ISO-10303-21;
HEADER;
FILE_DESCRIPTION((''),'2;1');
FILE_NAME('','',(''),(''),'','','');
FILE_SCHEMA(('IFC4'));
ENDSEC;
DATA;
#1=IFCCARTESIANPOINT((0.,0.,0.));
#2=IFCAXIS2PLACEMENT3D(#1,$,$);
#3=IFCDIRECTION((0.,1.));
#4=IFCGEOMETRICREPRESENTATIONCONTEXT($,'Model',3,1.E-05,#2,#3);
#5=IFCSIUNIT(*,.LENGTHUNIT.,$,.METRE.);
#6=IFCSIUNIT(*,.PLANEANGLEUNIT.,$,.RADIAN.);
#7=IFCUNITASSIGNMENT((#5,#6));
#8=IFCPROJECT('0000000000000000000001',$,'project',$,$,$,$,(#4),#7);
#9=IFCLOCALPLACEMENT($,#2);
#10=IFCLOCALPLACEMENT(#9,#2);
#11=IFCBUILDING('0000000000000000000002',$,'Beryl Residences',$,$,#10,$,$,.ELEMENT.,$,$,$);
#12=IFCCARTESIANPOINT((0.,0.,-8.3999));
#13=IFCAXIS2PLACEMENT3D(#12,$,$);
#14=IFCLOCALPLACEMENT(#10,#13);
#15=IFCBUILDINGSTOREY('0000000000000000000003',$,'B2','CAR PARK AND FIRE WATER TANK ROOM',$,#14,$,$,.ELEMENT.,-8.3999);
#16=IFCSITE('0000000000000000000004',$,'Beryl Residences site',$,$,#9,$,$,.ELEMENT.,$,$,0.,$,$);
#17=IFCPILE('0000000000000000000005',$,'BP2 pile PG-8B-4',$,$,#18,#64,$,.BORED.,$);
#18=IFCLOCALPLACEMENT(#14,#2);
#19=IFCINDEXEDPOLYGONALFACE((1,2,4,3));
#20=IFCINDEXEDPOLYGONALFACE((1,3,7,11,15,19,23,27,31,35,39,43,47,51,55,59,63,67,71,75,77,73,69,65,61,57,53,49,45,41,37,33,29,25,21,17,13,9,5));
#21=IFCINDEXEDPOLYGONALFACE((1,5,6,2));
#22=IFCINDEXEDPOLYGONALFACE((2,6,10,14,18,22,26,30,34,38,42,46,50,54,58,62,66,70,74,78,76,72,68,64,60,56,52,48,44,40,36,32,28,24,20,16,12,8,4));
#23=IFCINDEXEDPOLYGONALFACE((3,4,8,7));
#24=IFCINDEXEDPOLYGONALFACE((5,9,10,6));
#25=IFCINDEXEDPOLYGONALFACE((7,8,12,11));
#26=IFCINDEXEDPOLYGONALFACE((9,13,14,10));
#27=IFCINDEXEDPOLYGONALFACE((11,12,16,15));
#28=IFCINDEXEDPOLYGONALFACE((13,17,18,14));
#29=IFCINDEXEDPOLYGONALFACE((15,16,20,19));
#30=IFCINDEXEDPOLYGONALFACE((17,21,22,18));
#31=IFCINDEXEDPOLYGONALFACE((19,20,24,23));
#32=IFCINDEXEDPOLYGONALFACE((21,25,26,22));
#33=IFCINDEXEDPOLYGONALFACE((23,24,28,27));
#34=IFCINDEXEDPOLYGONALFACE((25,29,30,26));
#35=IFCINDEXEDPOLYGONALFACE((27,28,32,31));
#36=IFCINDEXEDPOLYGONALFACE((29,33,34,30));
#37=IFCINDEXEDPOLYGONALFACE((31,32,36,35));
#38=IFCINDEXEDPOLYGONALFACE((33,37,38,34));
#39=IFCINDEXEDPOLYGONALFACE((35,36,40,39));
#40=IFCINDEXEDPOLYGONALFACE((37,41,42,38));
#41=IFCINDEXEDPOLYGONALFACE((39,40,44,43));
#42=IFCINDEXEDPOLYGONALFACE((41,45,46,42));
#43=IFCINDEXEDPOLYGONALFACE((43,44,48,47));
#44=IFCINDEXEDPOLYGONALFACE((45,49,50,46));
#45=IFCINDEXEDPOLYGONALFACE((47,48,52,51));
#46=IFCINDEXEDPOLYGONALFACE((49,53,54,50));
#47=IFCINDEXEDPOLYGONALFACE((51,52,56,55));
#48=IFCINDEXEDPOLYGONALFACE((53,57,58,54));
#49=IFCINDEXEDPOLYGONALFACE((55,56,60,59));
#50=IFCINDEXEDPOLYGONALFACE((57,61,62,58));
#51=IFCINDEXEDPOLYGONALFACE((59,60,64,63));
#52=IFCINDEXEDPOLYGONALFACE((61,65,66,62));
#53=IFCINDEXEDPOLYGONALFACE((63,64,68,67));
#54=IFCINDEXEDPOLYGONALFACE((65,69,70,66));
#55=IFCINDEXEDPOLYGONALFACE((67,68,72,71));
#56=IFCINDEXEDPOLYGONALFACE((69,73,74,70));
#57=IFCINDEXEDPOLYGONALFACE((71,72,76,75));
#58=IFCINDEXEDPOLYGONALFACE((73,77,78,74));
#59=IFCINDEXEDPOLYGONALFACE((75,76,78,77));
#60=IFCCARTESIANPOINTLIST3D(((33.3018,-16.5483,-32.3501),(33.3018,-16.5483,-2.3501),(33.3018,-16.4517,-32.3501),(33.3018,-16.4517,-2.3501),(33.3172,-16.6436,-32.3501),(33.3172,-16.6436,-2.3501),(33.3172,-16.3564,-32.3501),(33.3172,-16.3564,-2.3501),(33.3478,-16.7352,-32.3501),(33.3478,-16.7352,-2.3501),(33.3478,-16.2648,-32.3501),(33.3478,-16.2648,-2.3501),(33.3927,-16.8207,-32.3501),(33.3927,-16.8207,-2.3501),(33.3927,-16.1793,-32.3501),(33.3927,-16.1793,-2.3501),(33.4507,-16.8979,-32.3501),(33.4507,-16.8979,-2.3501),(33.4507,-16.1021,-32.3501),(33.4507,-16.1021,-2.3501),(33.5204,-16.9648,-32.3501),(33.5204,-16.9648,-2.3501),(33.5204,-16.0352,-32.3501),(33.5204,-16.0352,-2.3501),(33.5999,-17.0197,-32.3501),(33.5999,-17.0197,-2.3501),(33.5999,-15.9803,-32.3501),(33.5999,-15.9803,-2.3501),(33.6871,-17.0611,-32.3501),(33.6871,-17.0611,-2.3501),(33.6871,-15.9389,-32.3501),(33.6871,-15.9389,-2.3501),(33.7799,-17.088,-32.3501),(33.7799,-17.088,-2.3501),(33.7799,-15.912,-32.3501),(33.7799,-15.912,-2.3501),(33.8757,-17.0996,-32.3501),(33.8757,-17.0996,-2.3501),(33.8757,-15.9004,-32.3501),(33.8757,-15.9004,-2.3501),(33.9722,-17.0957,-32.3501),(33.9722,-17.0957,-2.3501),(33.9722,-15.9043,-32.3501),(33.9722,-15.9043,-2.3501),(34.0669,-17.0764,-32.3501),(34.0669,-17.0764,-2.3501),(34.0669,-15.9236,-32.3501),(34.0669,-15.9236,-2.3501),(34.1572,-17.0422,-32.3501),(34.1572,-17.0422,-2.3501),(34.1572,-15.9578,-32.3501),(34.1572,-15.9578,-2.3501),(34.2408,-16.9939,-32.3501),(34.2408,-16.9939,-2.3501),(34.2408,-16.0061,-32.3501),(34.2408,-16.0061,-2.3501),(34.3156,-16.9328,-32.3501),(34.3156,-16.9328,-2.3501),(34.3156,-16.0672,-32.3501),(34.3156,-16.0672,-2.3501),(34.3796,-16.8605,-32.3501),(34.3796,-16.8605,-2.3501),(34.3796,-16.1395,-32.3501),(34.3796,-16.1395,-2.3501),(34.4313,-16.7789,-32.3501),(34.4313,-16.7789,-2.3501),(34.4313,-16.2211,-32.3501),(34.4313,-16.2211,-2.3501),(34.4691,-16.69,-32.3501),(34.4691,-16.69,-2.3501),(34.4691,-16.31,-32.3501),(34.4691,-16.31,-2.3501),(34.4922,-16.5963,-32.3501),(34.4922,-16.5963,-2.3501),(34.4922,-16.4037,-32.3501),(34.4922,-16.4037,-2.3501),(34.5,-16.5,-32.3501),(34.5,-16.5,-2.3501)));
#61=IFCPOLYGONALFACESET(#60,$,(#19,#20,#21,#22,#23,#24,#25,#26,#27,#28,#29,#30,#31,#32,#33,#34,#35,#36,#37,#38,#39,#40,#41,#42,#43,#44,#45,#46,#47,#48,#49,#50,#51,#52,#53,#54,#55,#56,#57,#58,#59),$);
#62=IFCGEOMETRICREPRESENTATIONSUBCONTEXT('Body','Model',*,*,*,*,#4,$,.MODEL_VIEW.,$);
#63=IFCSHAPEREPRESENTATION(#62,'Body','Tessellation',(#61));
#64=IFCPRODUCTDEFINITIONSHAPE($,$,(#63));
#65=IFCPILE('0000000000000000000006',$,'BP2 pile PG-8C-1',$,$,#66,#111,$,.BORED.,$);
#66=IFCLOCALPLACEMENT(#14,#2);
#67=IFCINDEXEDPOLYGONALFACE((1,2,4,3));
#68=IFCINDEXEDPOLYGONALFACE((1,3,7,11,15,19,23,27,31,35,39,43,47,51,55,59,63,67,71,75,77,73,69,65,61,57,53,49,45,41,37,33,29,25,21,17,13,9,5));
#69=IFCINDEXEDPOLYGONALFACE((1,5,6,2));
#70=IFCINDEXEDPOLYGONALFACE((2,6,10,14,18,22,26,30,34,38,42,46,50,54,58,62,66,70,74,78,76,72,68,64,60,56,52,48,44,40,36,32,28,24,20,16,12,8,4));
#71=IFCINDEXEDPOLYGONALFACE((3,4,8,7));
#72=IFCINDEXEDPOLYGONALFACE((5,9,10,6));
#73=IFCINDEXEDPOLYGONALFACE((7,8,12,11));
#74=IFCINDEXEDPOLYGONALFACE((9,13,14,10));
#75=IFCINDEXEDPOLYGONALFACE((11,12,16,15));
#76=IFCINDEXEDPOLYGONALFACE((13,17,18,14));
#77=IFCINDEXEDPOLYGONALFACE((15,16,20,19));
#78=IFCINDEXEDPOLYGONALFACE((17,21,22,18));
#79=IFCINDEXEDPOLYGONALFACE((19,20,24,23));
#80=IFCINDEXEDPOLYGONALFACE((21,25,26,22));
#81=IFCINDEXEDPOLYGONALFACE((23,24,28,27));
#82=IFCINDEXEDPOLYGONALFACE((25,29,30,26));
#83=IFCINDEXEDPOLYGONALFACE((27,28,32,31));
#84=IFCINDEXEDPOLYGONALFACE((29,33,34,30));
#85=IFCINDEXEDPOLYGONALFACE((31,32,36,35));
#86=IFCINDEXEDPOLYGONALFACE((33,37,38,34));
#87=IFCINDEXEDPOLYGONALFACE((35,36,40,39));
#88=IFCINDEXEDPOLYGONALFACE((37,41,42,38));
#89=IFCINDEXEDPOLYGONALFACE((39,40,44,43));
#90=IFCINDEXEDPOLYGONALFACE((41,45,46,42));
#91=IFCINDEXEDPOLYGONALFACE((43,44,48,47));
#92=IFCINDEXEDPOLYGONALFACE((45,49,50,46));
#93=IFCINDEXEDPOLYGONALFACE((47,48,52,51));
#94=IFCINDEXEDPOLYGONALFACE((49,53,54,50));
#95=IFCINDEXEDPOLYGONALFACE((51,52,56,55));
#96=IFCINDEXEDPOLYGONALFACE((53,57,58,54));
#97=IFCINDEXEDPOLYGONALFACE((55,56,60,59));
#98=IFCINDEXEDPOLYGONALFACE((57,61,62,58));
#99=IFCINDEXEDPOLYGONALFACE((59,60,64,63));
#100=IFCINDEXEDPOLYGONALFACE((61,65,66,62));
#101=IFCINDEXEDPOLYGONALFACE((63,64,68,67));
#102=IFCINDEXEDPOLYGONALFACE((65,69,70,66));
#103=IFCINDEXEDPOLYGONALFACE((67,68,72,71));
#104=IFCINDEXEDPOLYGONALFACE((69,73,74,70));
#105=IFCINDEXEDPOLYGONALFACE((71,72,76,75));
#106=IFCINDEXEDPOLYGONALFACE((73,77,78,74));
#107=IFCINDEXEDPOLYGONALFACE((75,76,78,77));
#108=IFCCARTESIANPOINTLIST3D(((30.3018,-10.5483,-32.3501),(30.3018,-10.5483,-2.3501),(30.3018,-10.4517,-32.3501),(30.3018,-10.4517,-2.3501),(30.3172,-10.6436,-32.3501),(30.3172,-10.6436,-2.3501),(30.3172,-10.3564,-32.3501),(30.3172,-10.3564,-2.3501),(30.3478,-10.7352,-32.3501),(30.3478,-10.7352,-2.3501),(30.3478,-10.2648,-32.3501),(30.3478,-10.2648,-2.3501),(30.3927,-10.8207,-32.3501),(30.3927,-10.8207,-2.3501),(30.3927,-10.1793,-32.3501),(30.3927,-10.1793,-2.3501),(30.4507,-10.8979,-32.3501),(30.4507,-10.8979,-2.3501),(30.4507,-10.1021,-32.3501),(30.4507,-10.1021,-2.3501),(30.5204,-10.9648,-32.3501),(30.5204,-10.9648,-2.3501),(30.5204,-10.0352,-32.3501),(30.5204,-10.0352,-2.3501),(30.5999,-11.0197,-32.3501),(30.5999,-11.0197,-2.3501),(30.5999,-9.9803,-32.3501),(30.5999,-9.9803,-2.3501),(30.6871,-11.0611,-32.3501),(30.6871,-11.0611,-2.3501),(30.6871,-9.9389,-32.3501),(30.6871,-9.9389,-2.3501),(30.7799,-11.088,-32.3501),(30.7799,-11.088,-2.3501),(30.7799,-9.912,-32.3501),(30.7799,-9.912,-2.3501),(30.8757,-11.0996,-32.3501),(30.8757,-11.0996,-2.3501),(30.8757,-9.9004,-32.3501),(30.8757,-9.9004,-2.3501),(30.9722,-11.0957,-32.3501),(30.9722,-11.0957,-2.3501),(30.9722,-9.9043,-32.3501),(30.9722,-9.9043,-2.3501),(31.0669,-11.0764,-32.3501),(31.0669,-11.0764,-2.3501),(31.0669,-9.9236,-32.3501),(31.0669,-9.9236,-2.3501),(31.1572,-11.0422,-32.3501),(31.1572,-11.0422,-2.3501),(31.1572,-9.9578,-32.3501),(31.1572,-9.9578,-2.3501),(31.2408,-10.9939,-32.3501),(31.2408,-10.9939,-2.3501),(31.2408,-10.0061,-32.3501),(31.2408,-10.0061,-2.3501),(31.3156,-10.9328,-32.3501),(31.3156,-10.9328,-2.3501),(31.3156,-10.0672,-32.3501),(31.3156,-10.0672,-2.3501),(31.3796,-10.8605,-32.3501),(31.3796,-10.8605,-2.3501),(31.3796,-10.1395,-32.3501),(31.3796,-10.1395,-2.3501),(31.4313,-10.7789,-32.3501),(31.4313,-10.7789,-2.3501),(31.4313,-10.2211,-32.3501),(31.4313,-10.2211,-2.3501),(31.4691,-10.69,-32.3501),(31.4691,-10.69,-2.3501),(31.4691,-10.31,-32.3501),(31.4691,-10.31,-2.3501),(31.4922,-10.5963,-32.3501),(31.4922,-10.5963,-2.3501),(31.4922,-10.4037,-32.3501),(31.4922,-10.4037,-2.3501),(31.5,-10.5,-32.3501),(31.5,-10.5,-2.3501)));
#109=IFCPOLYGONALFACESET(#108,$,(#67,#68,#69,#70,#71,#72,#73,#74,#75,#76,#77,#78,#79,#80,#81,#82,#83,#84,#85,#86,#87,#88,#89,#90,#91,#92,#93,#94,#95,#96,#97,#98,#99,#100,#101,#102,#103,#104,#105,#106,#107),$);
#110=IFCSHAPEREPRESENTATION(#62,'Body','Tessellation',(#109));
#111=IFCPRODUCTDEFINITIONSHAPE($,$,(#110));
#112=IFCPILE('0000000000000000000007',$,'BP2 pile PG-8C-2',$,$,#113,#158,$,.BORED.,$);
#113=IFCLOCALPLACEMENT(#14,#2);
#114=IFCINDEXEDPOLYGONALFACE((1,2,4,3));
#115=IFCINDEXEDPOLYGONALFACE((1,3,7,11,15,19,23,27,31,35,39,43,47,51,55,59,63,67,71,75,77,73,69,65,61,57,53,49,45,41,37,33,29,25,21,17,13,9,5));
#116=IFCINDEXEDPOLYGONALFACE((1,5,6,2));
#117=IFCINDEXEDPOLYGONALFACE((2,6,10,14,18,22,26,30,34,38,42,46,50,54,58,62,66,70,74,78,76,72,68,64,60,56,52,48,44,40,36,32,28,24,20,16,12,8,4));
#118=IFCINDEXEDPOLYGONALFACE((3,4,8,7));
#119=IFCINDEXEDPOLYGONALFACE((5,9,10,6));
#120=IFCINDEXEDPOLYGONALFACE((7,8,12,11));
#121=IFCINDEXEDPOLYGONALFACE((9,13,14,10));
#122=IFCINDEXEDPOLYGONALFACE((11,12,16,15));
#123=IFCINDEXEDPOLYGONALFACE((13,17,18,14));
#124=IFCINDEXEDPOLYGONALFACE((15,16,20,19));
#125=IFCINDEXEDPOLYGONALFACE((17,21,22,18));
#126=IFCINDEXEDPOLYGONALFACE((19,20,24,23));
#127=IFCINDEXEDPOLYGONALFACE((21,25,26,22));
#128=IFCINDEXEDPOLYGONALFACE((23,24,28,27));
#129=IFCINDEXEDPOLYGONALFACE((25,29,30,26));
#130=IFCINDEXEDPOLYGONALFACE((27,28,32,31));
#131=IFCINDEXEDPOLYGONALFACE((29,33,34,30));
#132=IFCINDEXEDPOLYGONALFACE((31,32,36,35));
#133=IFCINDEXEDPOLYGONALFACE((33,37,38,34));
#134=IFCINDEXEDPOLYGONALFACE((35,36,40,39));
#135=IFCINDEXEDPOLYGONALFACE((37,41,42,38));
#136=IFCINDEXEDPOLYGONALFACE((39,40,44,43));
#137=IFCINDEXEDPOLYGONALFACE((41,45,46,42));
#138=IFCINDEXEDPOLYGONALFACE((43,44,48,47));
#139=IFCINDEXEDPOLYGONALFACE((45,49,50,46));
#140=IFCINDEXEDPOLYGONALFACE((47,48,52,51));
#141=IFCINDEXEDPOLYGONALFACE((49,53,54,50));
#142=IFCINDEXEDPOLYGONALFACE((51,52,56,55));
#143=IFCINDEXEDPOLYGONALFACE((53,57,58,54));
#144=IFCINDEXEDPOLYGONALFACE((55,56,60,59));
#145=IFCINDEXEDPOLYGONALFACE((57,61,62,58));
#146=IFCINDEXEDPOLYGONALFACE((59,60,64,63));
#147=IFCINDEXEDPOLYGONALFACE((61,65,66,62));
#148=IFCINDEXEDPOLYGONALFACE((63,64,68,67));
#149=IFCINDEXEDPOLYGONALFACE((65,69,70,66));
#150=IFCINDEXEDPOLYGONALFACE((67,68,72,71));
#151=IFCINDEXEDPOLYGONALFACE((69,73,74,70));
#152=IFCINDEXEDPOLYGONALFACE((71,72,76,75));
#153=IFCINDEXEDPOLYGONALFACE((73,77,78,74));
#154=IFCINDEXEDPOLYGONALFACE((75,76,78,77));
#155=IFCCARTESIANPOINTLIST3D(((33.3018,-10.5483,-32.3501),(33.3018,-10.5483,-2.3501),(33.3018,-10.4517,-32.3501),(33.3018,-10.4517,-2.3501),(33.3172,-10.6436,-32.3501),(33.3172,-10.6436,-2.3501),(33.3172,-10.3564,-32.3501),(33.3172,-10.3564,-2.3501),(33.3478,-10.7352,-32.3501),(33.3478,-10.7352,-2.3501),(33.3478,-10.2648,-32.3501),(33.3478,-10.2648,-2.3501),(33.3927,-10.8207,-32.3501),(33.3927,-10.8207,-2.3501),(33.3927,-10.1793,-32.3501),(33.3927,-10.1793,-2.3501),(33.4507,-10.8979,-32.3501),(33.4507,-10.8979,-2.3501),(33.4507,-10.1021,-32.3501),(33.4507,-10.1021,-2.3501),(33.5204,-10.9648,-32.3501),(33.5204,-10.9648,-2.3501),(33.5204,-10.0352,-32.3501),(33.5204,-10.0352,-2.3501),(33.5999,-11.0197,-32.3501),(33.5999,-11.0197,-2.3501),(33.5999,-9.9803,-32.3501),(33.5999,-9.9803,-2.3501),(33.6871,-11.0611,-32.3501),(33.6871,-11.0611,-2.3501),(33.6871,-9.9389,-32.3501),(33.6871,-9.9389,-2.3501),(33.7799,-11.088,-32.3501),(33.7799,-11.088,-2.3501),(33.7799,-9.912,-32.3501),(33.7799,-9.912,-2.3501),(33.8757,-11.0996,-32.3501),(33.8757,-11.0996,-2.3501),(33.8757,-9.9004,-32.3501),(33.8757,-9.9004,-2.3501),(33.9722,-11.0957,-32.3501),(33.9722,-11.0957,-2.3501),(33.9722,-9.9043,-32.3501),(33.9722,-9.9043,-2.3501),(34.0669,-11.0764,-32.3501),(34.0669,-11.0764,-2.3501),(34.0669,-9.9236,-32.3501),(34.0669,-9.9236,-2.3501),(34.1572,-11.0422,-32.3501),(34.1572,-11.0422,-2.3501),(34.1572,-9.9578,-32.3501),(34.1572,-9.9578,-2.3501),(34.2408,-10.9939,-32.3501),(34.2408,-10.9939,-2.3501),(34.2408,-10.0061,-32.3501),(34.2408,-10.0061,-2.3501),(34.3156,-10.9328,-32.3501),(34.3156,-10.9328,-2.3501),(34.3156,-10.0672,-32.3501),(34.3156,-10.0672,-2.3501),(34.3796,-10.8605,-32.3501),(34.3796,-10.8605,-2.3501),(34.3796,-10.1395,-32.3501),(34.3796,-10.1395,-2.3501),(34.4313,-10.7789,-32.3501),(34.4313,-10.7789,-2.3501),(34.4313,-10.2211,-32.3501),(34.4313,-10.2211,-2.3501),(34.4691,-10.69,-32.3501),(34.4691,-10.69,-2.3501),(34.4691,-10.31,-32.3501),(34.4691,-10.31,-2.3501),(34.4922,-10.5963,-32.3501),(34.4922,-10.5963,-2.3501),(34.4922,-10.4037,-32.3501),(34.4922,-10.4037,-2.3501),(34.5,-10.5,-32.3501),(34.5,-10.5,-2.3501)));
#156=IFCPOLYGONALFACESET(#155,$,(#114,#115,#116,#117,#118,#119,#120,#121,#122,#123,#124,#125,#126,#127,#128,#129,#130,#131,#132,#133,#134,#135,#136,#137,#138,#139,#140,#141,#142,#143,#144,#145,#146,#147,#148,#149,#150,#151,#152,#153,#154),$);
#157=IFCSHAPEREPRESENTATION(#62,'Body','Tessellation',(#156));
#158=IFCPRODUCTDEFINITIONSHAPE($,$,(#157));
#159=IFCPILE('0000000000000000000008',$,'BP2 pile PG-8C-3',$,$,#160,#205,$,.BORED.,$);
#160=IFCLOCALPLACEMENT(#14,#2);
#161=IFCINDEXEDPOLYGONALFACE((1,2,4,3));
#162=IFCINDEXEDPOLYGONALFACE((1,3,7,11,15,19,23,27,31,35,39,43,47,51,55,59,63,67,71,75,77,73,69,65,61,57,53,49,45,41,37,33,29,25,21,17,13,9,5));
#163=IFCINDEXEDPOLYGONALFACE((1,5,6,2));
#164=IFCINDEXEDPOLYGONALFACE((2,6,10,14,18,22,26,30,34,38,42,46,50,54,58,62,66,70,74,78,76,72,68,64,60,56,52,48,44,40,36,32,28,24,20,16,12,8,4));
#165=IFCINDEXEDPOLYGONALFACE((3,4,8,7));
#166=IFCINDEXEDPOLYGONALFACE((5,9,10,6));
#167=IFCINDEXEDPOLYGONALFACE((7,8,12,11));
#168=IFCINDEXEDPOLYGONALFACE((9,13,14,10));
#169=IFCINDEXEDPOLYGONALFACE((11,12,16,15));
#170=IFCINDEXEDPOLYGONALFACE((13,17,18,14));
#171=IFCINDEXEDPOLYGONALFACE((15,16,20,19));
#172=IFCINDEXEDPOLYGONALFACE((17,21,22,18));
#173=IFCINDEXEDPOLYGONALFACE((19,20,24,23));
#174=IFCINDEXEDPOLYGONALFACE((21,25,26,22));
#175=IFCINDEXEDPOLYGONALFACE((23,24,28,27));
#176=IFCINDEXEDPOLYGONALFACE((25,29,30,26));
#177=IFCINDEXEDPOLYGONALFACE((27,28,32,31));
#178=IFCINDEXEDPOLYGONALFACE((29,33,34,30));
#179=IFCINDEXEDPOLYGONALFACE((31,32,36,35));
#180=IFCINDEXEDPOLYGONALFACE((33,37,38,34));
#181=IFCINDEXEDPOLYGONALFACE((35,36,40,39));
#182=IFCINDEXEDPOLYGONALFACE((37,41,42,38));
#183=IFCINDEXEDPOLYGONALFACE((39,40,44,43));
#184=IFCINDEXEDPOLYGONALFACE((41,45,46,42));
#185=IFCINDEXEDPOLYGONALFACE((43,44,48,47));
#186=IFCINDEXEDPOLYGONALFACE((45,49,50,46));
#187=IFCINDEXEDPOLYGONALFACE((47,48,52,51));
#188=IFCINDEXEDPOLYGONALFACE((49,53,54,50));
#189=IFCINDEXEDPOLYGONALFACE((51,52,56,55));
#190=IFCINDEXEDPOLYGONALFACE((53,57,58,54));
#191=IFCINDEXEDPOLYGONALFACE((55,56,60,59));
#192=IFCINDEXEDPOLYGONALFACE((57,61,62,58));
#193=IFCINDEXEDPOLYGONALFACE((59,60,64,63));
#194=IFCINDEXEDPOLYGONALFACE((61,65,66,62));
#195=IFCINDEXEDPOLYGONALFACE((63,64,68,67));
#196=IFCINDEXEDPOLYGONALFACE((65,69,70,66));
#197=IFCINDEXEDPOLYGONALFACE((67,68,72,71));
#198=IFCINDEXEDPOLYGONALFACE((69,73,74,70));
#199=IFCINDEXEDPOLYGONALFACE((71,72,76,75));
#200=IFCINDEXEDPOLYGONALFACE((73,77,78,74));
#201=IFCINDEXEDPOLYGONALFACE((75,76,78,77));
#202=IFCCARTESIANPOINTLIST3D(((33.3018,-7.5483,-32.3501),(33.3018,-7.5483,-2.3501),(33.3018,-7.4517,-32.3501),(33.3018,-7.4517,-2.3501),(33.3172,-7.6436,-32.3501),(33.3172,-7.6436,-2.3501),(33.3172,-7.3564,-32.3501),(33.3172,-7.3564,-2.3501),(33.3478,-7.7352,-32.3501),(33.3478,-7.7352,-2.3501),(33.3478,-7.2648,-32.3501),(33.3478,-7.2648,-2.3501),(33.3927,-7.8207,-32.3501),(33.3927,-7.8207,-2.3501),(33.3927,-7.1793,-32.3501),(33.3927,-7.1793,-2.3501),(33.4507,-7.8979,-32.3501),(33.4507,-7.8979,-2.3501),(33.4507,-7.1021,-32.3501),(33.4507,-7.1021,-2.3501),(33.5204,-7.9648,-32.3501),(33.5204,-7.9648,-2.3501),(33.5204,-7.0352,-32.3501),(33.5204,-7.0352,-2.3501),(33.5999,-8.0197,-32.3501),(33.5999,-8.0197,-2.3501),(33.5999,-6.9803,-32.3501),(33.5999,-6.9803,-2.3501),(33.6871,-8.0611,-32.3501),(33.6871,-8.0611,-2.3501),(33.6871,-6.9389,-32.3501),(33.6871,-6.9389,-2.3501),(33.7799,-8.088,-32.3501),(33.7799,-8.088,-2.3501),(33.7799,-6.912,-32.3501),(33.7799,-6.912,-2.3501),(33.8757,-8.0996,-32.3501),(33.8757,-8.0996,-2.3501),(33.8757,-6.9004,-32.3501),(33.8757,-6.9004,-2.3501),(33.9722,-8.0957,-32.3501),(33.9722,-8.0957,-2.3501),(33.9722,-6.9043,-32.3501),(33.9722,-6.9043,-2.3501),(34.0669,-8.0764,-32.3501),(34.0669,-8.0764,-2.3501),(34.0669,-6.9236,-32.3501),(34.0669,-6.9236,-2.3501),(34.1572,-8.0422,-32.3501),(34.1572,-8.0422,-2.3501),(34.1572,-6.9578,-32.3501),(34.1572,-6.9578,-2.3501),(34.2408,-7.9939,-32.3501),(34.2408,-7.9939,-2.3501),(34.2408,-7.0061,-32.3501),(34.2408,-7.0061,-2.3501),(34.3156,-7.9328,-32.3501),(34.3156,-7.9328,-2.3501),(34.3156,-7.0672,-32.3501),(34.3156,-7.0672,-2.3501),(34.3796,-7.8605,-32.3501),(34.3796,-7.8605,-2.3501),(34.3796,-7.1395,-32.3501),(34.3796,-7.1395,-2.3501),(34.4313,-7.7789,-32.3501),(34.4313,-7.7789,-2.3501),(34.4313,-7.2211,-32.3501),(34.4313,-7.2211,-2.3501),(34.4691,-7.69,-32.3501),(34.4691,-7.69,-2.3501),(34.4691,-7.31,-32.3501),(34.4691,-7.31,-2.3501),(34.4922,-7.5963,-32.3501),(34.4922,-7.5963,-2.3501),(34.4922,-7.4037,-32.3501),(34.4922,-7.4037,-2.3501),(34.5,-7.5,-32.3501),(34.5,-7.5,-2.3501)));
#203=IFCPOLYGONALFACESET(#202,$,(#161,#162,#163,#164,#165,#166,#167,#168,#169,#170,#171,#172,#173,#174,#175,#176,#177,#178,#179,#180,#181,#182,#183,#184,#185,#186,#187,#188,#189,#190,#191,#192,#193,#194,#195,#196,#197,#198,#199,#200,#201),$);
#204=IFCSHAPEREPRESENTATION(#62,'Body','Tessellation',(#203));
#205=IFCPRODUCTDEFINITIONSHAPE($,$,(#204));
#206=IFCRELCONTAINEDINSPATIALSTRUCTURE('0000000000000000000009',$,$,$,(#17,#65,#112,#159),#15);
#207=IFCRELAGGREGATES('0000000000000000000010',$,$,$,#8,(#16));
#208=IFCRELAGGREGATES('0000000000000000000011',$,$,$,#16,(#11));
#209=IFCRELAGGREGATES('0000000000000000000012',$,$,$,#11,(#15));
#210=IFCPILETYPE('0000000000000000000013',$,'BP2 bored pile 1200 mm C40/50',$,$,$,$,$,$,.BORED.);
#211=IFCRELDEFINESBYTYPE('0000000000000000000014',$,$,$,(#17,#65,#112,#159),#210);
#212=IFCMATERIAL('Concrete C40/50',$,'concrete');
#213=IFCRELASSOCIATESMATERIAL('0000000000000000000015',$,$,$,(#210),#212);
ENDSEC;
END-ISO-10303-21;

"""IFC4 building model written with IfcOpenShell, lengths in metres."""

from ifc_helpers import new_model, si_unit, direction, frame, origin, origin_2d, place, context, subcontext, project, spatial, circle, extrude, material, material_profile, profile_set, type_object, element, save


model = new_model("IFC4")

# Units and contexts
model_context = context("Model", 3, precision=1e-05, world=origin(), true_north=direction((0.0, 1.0)))
body_context = subcontext(model_context, "Body", "Model", "MODEL_VIEW")
ifc_project = project(units=[si_unit("LENGTHUNIT", "METRE"), si_unit("PLANEANGLEUNIT", "RADIAN")], contexts=[model_context])

# Site, building, storey
site_placement = place(None, origin())
site = spatial("IfcSite", under=ifc_project, at=site_placement, Name="Beryl Residences site", CompositionType="ELEMENT", RefElevation=0.0)
building_placement = place(site_placement, origin())
building = spatial("IfcBuilding", under=site, at=building_placement, Name="Beryl Residences", CompositionType="ELEMENT")
storey_placement = place(building_placement, frame((0.0, 0.0, -8.3999)))
storey = spatial("IfcBuildingStorey", under=building, at=storey_placement, Name="B2", Description="CAR PARK AND FIRE WATER TANK ROOM", CompositionType="ELEMENT", Elevation=-8.3999)

# Piles
ifc_material_1 = material(Name="Concrete C40/50", Category="concrete")
ifc_material_profile_1 = material_profile(ifc_material_1, circle(Radius=0.6001, at=origin_2d()))
ifc_profile_set_1 = profile_set([ifc_material_profile_1], Name="Concrete C40/50")
pile_type_1 = type_object("IfcPileType", Name="BP2 bored pile 1200 mm C40/50", PredefinedType="BORED", material=ifc_profile_set_1)
for number, where, z_axis, x_axis, name in (
    (1, (33.8999, -16.5, -2.3501), (0.0, 0.0, -1.0), (1.0, 0.0, 0.0), "BP2 pile PG-8B-4"),
    (2, (30.8999, -10.5, -2.3501), (0.0, 0.0, -1.0), (1.0, 0.0, 0.0), "BP2 pile PG-8C-1"),
    (3, (33.8999, -10.5, -2.3501), (0.0, 0.0, -1.0), (1.0, 0.0, 0.0), "BP2 pile PG-8C-2"),
    (4, (33.8999, -7.5, -2.3501), (0.0, 0.0, -1.0), (1.0, 0.0, 0.0), "BP2 pile PG-8C-3"),
):
    element("IfcPile", number, at=place(storey_placement, frame(where, z_axis=z_axis, x_axis=x_axis)), inside=storey, type_object=pile_type_1, Name=name, PredefinedType="BORED", context=body_context, shape_type="SweptSolid", body=[
        extrude(circle(Radius=0.6001, at=origin_2d()), origin(), (0.0, 0.0, 1.0), 30.0),
    ])

save(model, "model.ifc")
